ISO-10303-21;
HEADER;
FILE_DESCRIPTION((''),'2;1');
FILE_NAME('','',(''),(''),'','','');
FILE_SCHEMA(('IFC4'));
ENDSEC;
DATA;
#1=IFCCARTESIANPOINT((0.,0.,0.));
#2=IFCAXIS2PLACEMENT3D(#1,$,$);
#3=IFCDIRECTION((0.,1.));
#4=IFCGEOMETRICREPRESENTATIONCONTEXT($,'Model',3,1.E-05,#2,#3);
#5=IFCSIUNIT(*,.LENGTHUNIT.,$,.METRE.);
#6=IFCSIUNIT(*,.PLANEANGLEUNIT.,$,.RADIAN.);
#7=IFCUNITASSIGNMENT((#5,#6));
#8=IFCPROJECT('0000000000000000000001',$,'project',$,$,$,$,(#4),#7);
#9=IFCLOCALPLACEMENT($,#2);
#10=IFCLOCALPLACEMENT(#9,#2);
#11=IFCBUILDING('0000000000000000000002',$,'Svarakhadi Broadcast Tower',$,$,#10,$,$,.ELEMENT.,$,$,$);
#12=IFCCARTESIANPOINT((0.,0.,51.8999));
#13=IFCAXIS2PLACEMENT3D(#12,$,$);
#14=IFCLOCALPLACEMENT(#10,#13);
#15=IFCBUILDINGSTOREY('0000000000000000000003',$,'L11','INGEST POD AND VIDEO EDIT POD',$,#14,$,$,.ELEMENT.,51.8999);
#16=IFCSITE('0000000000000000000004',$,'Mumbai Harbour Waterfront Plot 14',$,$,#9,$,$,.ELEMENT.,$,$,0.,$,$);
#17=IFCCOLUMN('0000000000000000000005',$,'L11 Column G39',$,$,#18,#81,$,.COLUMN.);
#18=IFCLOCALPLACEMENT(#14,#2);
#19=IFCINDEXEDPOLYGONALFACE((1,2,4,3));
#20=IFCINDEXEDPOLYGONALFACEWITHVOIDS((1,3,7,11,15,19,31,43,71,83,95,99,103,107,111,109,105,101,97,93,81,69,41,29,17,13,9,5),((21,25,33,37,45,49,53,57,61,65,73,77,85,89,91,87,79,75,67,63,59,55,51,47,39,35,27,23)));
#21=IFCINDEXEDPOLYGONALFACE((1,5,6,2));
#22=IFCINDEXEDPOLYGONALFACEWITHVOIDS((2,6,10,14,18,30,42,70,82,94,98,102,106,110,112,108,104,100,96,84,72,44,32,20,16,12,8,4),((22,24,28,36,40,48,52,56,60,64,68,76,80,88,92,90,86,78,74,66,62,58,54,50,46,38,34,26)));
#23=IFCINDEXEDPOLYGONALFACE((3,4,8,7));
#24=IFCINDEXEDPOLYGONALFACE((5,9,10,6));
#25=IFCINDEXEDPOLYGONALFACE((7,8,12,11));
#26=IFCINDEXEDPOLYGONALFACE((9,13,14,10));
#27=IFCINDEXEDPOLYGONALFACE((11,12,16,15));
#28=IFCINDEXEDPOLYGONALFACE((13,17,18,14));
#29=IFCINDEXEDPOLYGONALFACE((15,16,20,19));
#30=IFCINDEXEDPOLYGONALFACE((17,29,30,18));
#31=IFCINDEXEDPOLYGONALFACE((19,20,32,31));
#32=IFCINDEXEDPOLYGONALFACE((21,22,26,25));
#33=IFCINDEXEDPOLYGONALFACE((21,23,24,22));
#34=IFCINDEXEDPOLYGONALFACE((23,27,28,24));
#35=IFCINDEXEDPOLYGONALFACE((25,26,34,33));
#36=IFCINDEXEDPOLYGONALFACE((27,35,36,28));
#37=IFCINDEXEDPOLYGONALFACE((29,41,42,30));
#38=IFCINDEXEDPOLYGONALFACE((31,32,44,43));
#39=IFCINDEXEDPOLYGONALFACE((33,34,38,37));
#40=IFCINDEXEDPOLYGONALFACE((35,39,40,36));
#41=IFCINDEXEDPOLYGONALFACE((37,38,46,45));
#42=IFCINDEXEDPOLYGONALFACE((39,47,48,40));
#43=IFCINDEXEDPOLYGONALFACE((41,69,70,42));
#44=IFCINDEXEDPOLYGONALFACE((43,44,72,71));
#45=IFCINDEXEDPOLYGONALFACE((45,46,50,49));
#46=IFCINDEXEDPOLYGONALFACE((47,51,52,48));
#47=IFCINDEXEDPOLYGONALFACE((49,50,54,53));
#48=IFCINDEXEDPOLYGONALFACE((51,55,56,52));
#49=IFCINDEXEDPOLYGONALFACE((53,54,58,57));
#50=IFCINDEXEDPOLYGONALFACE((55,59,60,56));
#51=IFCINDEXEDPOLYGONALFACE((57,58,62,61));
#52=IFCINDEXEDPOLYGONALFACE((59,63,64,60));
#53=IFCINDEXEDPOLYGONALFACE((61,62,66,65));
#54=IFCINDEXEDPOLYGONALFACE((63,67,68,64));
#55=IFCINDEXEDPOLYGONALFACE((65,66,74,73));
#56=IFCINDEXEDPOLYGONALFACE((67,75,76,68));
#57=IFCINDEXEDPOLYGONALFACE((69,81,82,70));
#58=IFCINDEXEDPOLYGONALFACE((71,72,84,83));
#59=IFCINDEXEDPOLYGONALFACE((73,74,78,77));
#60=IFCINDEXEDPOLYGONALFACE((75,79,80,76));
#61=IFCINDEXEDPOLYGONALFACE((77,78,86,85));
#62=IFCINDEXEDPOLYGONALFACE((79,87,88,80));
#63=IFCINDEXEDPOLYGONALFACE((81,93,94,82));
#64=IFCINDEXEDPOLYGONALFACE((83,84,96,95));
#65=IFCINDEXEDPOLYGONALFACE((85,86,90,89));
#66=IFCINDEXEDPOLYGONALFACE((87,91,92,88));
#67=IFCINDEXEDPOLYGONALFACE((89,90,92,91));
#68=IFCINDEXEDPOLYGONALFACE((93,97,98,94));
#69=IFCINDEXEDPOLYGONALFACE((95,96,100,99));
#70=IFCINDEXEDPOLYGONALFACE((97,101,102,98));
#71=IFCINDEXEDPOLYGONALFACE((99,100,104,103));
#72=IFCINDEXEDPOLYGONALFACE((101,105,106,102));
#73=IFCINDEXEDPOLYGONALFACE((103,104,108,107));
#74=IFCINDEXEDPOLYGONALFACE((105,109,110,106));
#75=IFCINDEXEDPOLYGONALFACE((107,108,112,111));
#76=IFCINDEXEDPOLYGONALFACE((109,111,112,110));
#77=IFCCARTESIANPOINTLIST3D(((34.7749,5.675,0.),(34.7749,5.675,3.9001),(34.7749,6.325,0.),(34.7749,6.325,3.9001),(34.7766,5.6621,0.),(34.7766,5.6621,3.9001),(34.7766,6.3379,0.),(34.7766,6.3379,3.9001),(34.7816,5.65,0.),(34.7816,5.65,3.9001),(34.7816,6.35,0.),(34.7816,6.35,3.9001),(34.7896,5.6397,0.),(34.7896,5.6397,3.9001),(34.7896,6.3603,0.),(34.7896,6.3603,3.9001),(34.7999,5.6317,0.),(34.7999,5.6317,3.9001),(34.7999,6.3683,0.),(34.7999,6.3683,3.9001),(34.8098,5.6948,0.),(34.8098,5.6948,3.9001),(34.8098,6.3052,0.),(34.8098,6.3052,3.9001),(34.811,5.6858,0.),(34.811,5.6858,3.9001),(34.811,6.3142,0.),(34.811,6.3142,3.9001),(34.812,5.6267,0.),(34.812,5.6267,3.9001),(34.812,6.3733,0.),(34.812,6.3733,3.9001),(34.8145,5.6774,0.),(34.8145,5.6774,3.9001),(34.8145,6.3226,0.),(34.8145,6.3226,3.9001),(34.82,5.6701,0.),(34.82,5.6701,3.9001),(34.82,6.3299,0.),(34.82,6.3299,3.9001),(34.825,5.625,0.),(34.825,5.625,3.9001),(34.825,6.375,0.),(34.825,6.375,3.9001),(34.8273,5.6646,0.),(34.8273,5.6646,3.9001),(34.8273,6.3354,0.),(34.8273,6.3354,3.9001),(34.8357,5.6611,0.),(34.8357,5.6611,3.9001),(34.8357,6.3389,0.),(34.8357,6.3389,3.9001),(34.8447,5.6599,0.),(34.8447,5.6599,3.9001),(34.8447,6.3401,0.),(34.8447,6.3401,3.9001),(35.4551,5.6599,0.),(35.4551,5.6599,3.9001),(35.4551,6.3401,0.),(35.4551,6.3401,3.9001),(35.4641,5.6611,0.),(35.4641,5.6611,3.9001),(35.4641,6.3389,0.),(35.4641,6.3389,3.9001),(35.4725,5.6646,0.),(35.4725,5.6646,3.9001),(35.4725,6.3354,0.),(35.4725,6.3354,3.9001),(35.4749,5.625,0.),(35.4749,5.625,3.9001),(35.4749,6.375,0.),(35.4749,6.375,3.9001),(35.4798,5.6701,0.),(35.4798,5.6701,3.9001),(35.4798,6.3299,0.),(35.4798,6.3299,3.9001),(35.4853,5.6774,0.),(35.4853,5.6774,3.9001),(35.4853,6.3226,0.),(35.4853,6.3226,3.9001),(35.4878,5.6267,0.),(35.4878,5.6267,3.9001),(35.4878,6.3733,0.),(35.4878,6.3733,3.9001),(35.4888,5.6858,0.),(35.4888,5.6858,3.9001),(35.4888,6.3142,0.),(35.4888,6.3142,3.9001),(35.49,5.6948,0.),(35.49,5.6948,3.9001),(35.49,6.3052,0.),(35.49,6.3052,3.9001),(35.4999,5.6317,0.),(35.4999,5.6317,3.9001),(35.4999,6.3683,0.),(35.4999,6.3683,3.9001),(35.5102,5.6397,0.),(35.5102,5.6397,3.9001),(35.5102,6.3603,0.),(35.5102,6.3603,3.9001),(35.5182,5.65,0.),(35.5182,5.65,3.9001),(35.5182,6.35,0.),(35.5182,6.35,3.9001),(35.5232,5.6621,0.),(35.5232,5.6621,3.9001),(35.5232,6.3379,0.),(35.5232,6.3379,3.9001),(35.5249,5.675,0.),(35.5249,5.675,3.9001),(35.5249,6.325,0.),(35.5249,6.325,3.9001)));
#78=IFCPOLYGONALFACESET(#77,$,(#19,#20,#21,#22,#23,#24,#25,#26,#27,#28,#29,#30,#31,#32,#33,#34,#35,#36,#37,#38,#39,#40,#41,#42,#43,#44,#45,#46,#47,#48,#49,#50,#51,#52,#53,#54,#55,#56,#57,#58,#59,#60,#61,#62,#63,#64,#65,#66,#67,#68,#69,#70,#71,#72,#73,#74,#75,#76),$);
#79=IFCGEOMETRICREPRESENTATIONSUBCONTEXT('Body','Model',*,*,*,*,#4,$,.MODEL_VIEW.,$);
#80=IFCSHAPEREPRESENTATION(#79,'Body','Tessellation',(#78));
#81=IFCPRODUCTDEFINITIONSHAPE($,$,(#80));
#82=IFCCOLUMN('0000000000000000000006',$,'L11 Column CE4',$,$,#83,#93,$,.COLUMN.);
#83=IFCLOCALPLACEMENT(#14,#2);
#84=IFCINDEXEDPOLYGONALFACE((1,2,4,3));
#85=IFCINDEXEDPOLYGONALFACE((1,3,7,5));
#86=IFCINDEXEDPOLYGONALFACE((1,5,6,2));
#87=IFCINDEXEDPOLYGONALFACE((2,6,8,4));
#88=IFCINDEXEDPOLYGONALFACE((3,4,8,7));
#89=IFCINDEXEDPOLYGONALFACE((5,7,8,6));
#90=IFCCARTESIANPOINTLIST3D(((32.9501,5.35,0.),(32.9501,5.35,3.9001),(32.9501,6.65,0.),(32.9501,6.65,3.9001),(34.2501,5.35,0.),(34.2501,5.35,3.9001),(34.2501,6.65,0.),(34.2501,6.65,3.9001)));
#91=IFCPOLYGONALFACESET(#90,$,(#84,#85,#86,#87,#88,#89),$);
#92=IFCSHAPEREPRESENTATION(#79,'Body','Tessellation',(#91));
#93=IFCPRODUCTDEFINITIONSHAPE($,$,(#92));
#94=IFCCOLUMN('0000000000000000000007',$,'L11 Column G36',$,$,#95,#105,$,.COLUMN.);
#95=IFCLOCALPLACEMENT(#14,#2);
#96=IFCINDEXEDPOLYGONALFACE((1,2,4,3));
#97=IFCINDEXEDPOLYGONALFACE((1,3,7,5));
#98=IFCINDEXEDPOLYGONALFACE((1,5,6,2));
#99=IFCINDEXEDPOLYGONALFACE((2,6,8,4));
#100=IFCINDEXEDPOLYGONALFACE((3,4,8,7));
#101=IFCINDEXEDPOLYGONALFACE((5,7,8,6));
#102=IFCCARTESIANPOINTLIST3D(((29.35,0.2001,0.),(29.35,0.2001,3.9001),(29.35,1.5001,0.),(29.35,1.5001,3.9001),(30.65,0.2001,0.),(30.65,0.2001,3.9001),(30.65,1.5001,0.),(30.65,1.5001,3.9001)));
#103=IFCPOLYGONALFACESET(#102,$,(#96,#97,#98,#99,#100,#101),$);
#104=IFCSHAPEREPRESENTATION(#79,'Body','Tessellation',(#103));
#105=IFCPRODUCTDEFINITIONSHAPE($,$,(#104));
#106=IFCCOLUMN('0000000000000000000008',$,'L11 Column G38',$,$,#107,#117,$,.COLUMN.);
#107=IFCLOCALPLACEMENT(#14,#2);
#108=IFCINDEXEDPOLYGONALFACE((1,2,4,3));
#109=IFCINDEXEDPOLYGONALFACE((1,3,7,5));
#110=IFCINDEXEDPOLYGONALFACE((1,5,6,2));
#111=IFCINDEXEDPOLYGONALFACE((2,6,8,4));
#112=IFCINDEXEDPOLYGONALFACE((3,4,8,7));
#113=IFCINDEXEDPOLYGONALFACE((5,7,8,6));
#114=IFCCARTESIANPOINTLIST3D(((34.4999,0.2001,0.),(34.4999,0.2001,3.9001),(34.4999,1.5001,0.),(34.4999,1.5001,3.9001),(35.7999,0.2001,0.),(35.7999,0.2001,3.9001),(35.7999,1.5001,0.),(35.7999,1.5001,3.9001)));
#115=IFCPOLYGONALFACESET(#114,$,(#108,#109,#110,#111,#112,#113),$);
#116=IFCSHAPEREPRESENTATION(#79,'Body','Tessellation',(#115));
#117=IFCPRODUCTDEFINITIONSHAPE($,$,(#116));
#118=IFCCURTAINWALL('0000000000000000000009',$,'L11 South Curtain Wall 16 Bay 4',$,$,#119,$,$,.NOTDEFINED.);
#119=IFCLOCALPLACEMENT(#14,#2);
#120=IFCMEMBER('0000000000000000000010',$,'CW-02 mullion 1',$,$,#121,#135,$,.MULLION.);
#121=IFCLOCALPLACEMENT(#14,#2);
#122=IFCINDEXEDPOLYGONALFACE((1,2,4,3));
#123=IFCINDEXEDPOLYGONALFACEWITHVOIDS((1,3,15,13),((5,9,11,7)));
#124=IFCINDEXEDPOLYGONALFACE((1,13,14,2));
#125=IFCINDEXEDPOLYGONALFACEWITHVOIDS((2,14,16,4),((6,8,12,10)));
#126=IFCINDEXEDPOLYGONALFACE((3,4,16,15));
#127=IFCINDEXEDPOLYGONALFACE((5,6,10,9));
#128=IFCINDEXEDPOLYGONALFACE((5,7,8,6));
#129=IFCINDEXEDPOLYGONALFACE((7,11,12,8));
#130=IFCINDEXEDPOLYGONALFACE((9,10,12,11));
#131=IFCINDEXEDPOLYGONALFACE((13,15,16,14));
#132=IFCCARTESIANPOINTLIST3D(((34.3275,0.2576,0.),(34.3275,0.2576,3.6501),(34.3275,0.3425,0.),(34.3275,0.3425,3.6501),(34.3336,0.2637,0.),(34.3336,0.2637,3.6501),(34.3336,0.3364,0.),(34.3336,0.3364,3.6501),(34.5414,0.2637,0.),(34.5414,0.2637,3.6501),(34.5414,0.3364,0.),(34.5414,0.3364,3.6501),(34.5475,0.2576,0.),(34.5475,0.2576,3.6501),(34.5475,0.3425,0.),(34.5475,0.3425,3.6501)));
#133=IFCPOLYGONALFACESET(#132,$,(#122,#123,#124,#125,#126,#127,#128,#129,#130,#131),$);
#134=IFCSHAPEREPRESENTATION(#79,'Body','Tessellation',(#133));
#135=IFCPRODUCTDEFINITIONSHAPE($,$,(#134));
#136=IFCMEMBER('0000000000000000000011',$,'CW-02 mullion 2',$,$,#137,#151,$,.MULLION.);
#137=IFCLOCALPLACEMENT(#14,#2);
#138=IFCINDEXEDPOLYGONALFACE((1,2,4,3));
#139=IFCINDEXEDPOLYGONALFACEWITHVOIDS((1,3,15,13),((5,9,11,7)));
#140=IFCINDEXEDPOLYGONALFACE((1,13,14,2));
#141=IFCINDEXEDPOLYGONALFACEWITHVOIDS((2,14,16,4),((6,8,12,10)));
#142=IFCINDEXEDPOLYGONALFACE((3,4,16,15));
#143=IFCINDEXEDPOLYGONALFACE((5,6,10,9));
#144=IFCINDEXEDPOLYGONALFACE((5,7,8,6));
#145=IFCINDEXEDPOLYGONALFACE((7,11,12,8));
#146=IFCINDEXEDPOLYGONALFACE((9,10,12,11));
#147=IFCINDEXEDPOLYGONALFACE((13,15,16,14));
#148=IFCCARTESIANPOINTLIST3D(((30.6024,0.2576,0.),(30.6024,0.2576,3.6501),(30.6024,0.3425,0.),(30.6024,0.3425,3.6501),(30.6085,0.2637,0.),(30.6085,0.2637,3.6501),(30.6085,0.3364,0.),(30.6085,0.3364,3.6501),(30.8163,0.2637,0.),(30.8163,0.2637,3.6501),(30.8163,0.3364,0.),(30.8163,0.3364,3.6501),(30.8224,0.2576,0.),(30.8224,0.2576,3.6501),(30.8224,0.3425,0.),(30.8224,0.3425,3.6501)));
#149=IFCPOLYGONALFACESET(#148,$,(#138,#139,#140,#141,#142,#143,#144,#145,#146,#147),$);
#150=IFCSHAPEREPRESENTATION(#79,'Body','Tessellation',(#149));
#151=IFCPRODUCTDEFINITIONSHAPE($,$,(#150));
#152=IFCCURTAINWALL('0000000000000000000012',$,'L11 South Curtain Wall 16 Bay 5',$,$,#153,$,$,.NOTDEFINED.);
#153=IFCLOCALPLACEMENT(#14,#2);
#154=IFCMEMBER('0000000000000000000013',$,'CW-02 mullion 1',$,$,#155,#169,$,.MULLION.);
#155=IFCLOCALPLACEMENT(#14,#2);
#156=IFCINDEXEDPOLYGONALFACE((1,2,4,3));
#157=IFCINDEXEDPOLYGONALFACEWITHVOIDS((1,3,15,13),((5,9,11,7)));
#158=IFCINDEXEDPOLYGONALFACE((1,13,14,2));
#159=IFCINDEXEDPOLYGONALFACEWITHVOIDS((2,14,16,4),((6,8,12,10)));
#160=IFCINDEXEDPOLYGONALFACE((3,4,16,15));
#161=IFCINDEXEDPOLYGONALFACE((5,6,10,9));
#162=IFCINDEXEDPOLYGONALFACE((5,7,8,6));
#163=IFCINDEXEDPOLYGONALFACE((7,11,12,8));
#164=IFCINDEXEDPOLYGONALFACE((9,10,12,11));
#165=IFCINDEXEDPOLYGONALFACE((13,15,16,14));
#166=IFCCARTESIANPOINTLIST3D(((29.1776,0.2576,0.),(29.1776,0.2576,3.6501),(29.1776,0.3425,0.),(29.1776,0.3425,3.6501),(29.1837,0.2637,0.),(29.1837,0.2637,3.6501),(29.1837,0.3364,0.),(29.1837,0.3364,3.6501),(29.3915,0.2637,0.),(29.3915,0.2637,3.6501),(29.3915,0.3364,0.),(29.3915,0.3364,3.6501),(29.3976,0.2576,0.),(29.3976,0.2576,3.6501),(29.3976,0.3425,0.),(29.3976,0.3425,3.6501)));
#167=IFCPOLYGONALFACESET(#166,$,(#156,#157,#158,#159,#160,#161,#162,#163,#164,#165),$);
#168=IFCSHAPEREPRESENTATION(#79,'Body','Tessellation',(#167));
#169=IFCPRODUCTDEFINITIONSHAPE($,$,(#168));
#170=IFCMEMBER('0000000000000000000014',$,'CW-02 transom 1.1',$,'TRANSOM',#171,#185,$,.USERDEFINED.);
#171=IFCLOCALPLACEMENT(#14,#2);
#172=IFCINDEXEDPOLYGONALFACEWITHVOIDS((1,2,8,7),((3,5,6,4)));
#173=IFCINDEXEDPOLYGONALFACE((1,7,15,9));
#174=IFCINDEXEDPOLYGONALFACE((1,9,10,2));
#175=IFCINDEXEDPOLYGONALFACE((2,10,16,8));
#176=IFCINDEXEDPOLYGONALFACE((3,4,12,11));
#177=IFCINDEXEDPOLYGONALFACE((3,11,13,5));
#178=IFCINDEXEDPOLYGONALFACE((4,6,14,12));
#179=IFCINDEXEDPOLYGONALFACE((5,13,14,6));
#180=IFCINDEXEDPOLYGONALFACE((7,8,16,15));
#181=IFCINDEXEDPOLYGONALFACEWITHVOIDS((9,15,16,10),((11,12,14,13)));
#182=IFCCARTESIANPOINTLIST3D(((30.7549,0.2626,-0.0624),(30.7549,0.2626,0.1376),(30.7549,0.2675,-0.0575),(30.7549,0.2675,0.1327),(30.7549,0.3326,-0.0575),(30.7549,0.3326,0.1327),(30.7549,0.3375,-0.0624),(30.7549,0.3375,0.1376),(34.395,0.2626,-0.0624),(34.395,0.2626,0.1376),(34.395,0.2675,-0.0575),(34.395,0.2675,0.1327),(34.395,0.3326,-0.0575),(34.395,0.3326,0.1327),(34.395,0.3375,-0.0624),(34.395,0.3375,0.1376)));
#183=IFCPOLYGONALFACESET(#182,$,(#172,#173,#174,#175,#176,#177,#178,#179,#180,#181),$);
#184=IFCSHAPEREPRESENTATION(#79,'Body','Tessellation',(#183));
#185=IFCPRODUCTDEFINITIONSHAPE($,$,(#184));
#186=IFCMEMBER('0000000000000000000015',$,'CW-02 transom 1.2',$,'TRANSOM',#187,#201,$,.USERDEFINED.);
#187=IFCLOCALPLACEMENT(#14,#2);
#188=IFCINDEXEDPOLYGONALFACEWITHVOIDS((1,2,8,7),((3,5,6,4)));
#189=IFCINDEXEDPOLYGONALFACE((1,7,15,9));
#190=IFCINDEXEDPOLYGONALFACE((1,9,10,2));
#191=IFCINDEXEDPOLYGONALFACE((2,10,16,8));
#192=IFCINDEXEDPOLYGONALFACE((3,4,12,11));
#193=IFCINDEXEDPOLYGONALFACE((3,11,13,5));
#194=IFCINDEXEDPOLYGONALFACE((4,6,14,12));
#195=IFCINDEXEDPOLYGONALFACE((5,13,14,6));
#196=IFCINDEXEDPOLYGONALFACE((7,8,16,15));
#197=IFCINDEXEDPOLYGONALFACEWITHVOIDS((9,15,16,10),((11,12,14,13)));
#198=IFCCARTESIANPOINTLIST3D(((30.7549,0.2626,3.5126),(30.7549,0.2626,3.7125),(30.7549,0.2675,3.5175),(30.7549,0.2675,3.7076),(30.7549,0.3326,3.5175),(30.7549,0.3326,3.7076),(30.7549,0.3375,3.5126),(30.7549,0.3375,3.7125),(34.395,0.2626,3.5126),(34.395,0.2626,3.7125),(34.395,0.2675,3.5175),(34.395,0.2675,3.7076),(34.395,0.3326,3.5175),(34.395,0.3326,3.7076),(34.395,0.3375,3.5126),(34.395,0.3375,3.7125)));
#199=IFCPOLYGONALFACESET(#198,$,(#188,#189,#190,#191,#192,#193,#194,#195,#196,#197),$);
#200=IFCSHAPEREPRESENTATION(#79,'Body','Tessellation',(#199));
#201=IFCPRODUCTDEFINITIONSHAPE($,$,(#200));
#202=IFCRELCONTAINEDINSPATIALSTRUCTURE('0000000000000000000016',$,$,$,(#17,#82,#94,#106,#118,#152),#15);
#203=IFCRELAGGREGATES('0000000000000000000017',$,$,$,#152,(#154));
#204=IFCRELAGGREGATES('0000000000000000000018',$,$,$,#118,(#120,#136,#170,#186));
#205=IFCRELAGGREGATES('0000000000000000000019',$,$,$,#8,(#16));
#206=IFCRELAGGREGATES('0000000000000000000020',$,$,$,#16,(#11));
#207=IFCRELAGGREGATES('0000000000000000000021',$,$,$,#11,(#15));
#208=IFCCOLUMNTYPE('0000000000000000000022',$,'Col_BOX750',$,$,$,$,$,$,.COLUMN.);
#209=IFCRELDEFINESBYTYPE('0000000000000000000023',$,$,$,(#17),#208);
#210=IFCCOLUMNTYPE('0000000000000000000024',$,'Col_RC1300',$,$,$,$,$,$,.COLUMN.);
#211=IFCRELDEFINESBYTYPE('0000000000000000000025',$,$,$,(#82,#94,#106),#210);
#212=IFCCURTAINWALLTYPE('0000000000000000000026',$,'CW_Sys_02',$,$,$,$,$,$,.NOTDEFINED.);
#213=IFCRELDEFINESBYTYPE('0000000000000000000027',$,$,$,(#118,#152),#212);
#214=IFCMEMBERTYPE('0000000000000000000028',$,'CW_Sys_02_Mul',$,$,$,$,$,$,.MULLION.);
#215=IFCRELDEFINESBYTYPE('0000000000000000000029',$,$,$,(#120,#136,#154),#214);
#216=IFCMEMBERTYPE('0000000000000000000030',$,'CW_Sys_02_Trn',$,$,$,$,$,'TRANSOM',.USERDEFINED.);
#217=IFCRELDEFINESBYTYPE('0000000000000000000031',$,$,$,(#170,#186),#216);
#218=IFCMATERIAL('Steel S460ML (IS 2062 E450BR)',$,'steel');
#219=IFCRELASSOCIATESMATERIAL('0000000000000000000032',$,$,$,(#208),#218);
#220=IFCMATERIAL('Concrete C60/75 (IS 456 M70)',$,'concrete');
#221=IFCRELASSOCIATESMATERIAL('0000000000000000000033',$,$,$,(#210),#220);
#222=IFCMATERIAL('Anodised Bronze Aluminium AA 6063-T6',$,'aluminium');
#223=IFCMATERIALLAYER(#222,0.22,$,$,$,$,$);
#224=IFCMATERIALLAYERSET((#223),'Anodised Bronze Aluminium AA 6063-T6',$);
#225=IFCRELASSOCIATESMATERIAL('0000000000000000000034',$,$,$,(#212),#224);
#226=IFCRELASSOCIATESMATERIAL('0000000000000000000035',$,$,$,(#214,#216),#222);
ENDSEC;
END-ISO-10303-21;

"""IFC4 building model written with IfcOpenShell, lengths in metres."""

from ifc_helpers import new_model, si_unit, direction, frame, origin, origin_2d, place, context, subcontext, project, spatial, rectangle, hollow_rectangle, extrude, material, layer, layer_set, material_profile, profile_set, type_object, element, aggregate, save


model = new_model("IFC4")

# Units and contexts
model_context = context("Model", 3, precision=1e-05, world=origin(), true_north=direction((0.0, 1.0)))
body_context = subcontext(model_context, "Body", "Model", "MODEL_VIEW")
ifc_project = project(units=[si_unit("LENGTHUNIT", "METRE"), si_unit("PLANEANGLEUNIT", "RADIAN")], contexts=[model_context])

# Site, building, storey
site_placement = place(None, origin())
site = spatial("IfcSite", under=ifc_project, at=site_placement, Name="Mumbai Harbour Waterfront Plot 14", CompositionType="ELEMENT", RefElevation=0.0)
building_placement = place(site_placement, origin())
building = spatial("IfcBuilding", under=site, at=building_placement, Name="Svarakhadi Broadcast Tower", CompositionType="ELEMENT")
storey_placement = place(building_placement, frame((0.0, 0.0, 51.8999)))
storey = spatial("IfcBuildingStorey", under=building, at=storey_placement, Name="L11", Description="INGEST POD AND VIDEO EDIT POD", CompositionType="ELEMENT", Elevation=51.8999)

# Columns
ifc_material_1 = material(Name="Steel S460ML (IS 2062 E450BR)", Category="steel")
ifc_material_profile_1 = material_profile(ifc_material_1, hollow_rectangle(XDim=0.75, YDim=0.75, WallThickness=0.0349, InnerFilletRadius=0.0349, OuterFilletRadius=0.05, at=origin_2d()), Name="BOX 750x750x35")
ifc_profile_set_1 = profile_set([ifc_material_profile_1], Name="Steel S460ML (IS 2062 E450BR)")
column_type_1 = type_object("IfcColumnType", Name="Col_BOX750", PredefinedType="COLUMN", material=ifc_profile_set_1)
column_placement = place(storey_placement, frame((35.1499, 6.0, 0.0), z_axis=(0.0, 0.0, 1.0), x_axis=(1.0, 0.0, 0.0)))
element("IfcColumn", 1, at=column_placement, inside=storey, type_object=column_type_1, Name="L11 Column G39", PredefinedType="COLUMN", context=body_context, shape_type="SweptSolid", body=[
    extrude(hollow_rectangle(XDim=0.75, YDim=0.75, WallThickness=0.0349, InnerFilletRadius=0.0349, OuterFilletRadius=0.05, at=origin_2d()), origin(), (0.0, 0.0, 1.0), 3.9001),
])
ifc_material_2 = material(Name="Concrete C60/75 (IS 456 M70)", Category="concrete")
ifc_material_profile_2 = material_profile(ifc_material_2, rectangle(XDim=1.3, YDim=1.3, at=origin_2d()), Name="RC 1300x1300")
ifc_profile_set_2 = profile_set([ifc_material_profile_2], Name="Concrete C60/75 (IS 456 M70)")
column_type_2 = type_object("IfcColumnType", Name="Col_RC1300", PredefinedType="COLUMN", material=ifc_profile_set_2)
for number, where, z_axis, x_axis, name in (
    (2, (33.6001, 6.0, 0.0), (0.0, 0.0, 1.0), (1.0, 0.0, 0.0), "L11 Column CE4"),
    (3, (30.0, 0.8501, 0.0), (0.0, 0.0, 1.0), (1.0, 0.0, 0.0), "L11 Column G36"),
    (4, (35.1499, 0.8501, 0.0), (0.0, 0.0, 1.0), (1.0, 0.0, 0.0), "L11 Column G38"),
):
    element("IfcColumn", number, at=place(storey_placement, frame(where, z_axis=z_axis, x_axis=x_axis)), inside=storey, type_object=column_type_2, Name=name, PredefinedType="COLUMN", context=body_context, shape_type="SweptSolid", body=[
        extrude(rectangle(XDim=1.3, YDim=1.3, at=origin_2d()), origin(), (0.0, 0.0, 1.0), 3.9001),
    ])

# Curtain wall, members
ifc_material_3 = material(Name="Anodised Bronze Aluminium AA 6063-T6", Category="aluminium")
ifc_layer_1 = layer(ifc_material_3, 0.22)
ifc_layer_set_1 = layer_set([ifc_layer_1], Name="Anodised Bronze Aluminium AA 6063-T6")
curtain_wall_type = type_object("IfcCurtainWallType", Name="CW_Sys_02", PredefinedType="NOTDEFINED", material=ifc_layer_set_1)
curtain_wall_1_placement = place(storey_placement, origin())
curtain_wall_1 = element("IfcCurtainWall", 5, at=curtain_wall_1_placement, inside=storey, type_object=curtain_wall_type, Name="L11 South Curtain Wall 16 Bay 4", PredefinedType="NOTDEFINED")
ifc_material_profile_3 = material_profile(ifc_material_3, hollow_rectangle(XDim=0.085, YDim=0.22, WallThickness=0.0061, at=origin_2d()), Name="ALU MULLION 220x85x6")
ifc_profile_set_3 = profile_set([ifc_material_profile_3], Name="Anodised Bronze Aluminium AA 6063-T6")
member_type_1 = type_object("IfcMemberType", Name="CW_Sys_02_Mul", PredefinedType="MULLION", material=ifc_profile_set_3)
member_1_placement = place(storey_placement, frame((34.4375, 0.3, 0.0), z_axis=(0.0, 0.0, 1.0), x_axis=(0.0, -1.0, 0.0)))
member_1 = element("IfcMember", 6, at=member_1_placement, type_object=member_type_1, Name="CW-02 mullion 1", PredefinedType="MULLION", context=body_context, shape_type="SweptSolid", body=[
    extrude(hollow_rectangle(XDim=0.085, YDim=0.22, WallThickness=0.0061, at=origin_2d()), origin(), (0.0, 0.0, 1.0), 3.6501),
])
member_2_placement = place(storey_placement, frame((30.7124, 0.3, 0.0), z_axis=(0.0, 0.0, 1.0), x_axis=(0.0, -1.0, 0.0)))
member_2 = element("IfcMember", 7, at=member_2_placement, type_object=member_type_1, Name="CW-02 mullion 2", PredefinedType="MULLION", context=body_context, shape_type="SweptSolid", body=[
    extrude(hollow_rectangle(XDim=0.085, YDim=0.22, WallThickness=0.0061, at=origin_2d()), origin(), (0.0, 0.0, 1.0), 3.6501),
])

# Curtain wall, member
curtain_wall_2_placement = place(storey_placement, origin())
curtain_wall_2 = element("IfcCurtainWall", 8, at=curtain_wall_2_placement, inside=storey, type_object=curtain_wall_type, Name="L11 South Curtain Wall 16 Bay 5", PredefinedType="NOTDEFINED")
member_3_placement = place(storey_placement, frame((29.2876, 0.3, 0.0), z_axis=(0.0, 0.0, 1.0), x_axis=(0.0, -1.0, 0.0)))
member_3 = element("IfcMember", 9, at=member_3_placement, type_object=member_type_1, Name="CW-02 mullion 1", PredefinedType="MULLION", context=body_context, shape_type="SweptSolid", body=[
    extrude(hollow_rectangle(XDim=0.085, YDim=0.22, WallThickness=0.0061, at=origin_2d()), origin(), (0.0, 0.0, 1.0), 3.6501),
])

# Members
ifc_material_profile_4 = material_profile(ifc_material_3, hollow_rectangle(XDim=0.075, YDim=0.2, WallThickness=0.0049, at=origin_2d()), Name="ALU TRANSOM 200x75x5")
ifc_profile_set_4 = profile_set([ifc_material_profile_4], Name="Anodised Bronze Aluminium AA 6063-T6")
member_type_2 = type_object("IfcMemberType", Name="CW_Sys_02_Trn", ElementType="TRANSOM", PredefinedType="USERDEFINED", material=ifc_profile_set_4)
member_4_placement = place(storey_placement, frame((34.395, 0.3, 0.0376), z_axis=(-1.0, 0.0, 0.0), x_axis=(0.0, -1.0, 0.0)))
member_4 = element("IfcMember", 10, at=member_4_placement, type_object=member_type_2, Name="CW-02 transom 1.1", ObjectType="TRANSOM", PredefinedType="USERDEFINED", context=body_context, shape_type="SweptSolid", body=[
    extrude(hollow_rectangle(XDim=0.075, YDim=0.2, WallThickness=0.0049, at=origin_2d()), origin(), (0.0, 0.0, 1.0), 3.6401),
])
member_5_placement = place(storey_placement, frame((34.395, 0.3, 3.6125), z_axis=(-1.0, 0.0, 0.0), x_axis=(0.0, -1.0, 0.0)))
member_5 = element("IfcMember", 11, at=member_5_placement, type_object=member_type_2, Name="CW-02 transom 1.2", ObjectType="TRANSOM", PredefinedType="USERDEFINED", context=body_context, shape_type="SweptSolid", body=[
    extrude(hollow_rectangle(XDim=0.075, YDim=0.2, WallThickness=0.0049, at=origin_2d()), origin(), (0.0, 0.0, 1.0), 3.6401),
])
aggregate(curtain_wall_2, [member_3])

aggregate(curtain_wall_1, [member_1, member_2, member_4, member_5])

save(model, "model.ifc")
